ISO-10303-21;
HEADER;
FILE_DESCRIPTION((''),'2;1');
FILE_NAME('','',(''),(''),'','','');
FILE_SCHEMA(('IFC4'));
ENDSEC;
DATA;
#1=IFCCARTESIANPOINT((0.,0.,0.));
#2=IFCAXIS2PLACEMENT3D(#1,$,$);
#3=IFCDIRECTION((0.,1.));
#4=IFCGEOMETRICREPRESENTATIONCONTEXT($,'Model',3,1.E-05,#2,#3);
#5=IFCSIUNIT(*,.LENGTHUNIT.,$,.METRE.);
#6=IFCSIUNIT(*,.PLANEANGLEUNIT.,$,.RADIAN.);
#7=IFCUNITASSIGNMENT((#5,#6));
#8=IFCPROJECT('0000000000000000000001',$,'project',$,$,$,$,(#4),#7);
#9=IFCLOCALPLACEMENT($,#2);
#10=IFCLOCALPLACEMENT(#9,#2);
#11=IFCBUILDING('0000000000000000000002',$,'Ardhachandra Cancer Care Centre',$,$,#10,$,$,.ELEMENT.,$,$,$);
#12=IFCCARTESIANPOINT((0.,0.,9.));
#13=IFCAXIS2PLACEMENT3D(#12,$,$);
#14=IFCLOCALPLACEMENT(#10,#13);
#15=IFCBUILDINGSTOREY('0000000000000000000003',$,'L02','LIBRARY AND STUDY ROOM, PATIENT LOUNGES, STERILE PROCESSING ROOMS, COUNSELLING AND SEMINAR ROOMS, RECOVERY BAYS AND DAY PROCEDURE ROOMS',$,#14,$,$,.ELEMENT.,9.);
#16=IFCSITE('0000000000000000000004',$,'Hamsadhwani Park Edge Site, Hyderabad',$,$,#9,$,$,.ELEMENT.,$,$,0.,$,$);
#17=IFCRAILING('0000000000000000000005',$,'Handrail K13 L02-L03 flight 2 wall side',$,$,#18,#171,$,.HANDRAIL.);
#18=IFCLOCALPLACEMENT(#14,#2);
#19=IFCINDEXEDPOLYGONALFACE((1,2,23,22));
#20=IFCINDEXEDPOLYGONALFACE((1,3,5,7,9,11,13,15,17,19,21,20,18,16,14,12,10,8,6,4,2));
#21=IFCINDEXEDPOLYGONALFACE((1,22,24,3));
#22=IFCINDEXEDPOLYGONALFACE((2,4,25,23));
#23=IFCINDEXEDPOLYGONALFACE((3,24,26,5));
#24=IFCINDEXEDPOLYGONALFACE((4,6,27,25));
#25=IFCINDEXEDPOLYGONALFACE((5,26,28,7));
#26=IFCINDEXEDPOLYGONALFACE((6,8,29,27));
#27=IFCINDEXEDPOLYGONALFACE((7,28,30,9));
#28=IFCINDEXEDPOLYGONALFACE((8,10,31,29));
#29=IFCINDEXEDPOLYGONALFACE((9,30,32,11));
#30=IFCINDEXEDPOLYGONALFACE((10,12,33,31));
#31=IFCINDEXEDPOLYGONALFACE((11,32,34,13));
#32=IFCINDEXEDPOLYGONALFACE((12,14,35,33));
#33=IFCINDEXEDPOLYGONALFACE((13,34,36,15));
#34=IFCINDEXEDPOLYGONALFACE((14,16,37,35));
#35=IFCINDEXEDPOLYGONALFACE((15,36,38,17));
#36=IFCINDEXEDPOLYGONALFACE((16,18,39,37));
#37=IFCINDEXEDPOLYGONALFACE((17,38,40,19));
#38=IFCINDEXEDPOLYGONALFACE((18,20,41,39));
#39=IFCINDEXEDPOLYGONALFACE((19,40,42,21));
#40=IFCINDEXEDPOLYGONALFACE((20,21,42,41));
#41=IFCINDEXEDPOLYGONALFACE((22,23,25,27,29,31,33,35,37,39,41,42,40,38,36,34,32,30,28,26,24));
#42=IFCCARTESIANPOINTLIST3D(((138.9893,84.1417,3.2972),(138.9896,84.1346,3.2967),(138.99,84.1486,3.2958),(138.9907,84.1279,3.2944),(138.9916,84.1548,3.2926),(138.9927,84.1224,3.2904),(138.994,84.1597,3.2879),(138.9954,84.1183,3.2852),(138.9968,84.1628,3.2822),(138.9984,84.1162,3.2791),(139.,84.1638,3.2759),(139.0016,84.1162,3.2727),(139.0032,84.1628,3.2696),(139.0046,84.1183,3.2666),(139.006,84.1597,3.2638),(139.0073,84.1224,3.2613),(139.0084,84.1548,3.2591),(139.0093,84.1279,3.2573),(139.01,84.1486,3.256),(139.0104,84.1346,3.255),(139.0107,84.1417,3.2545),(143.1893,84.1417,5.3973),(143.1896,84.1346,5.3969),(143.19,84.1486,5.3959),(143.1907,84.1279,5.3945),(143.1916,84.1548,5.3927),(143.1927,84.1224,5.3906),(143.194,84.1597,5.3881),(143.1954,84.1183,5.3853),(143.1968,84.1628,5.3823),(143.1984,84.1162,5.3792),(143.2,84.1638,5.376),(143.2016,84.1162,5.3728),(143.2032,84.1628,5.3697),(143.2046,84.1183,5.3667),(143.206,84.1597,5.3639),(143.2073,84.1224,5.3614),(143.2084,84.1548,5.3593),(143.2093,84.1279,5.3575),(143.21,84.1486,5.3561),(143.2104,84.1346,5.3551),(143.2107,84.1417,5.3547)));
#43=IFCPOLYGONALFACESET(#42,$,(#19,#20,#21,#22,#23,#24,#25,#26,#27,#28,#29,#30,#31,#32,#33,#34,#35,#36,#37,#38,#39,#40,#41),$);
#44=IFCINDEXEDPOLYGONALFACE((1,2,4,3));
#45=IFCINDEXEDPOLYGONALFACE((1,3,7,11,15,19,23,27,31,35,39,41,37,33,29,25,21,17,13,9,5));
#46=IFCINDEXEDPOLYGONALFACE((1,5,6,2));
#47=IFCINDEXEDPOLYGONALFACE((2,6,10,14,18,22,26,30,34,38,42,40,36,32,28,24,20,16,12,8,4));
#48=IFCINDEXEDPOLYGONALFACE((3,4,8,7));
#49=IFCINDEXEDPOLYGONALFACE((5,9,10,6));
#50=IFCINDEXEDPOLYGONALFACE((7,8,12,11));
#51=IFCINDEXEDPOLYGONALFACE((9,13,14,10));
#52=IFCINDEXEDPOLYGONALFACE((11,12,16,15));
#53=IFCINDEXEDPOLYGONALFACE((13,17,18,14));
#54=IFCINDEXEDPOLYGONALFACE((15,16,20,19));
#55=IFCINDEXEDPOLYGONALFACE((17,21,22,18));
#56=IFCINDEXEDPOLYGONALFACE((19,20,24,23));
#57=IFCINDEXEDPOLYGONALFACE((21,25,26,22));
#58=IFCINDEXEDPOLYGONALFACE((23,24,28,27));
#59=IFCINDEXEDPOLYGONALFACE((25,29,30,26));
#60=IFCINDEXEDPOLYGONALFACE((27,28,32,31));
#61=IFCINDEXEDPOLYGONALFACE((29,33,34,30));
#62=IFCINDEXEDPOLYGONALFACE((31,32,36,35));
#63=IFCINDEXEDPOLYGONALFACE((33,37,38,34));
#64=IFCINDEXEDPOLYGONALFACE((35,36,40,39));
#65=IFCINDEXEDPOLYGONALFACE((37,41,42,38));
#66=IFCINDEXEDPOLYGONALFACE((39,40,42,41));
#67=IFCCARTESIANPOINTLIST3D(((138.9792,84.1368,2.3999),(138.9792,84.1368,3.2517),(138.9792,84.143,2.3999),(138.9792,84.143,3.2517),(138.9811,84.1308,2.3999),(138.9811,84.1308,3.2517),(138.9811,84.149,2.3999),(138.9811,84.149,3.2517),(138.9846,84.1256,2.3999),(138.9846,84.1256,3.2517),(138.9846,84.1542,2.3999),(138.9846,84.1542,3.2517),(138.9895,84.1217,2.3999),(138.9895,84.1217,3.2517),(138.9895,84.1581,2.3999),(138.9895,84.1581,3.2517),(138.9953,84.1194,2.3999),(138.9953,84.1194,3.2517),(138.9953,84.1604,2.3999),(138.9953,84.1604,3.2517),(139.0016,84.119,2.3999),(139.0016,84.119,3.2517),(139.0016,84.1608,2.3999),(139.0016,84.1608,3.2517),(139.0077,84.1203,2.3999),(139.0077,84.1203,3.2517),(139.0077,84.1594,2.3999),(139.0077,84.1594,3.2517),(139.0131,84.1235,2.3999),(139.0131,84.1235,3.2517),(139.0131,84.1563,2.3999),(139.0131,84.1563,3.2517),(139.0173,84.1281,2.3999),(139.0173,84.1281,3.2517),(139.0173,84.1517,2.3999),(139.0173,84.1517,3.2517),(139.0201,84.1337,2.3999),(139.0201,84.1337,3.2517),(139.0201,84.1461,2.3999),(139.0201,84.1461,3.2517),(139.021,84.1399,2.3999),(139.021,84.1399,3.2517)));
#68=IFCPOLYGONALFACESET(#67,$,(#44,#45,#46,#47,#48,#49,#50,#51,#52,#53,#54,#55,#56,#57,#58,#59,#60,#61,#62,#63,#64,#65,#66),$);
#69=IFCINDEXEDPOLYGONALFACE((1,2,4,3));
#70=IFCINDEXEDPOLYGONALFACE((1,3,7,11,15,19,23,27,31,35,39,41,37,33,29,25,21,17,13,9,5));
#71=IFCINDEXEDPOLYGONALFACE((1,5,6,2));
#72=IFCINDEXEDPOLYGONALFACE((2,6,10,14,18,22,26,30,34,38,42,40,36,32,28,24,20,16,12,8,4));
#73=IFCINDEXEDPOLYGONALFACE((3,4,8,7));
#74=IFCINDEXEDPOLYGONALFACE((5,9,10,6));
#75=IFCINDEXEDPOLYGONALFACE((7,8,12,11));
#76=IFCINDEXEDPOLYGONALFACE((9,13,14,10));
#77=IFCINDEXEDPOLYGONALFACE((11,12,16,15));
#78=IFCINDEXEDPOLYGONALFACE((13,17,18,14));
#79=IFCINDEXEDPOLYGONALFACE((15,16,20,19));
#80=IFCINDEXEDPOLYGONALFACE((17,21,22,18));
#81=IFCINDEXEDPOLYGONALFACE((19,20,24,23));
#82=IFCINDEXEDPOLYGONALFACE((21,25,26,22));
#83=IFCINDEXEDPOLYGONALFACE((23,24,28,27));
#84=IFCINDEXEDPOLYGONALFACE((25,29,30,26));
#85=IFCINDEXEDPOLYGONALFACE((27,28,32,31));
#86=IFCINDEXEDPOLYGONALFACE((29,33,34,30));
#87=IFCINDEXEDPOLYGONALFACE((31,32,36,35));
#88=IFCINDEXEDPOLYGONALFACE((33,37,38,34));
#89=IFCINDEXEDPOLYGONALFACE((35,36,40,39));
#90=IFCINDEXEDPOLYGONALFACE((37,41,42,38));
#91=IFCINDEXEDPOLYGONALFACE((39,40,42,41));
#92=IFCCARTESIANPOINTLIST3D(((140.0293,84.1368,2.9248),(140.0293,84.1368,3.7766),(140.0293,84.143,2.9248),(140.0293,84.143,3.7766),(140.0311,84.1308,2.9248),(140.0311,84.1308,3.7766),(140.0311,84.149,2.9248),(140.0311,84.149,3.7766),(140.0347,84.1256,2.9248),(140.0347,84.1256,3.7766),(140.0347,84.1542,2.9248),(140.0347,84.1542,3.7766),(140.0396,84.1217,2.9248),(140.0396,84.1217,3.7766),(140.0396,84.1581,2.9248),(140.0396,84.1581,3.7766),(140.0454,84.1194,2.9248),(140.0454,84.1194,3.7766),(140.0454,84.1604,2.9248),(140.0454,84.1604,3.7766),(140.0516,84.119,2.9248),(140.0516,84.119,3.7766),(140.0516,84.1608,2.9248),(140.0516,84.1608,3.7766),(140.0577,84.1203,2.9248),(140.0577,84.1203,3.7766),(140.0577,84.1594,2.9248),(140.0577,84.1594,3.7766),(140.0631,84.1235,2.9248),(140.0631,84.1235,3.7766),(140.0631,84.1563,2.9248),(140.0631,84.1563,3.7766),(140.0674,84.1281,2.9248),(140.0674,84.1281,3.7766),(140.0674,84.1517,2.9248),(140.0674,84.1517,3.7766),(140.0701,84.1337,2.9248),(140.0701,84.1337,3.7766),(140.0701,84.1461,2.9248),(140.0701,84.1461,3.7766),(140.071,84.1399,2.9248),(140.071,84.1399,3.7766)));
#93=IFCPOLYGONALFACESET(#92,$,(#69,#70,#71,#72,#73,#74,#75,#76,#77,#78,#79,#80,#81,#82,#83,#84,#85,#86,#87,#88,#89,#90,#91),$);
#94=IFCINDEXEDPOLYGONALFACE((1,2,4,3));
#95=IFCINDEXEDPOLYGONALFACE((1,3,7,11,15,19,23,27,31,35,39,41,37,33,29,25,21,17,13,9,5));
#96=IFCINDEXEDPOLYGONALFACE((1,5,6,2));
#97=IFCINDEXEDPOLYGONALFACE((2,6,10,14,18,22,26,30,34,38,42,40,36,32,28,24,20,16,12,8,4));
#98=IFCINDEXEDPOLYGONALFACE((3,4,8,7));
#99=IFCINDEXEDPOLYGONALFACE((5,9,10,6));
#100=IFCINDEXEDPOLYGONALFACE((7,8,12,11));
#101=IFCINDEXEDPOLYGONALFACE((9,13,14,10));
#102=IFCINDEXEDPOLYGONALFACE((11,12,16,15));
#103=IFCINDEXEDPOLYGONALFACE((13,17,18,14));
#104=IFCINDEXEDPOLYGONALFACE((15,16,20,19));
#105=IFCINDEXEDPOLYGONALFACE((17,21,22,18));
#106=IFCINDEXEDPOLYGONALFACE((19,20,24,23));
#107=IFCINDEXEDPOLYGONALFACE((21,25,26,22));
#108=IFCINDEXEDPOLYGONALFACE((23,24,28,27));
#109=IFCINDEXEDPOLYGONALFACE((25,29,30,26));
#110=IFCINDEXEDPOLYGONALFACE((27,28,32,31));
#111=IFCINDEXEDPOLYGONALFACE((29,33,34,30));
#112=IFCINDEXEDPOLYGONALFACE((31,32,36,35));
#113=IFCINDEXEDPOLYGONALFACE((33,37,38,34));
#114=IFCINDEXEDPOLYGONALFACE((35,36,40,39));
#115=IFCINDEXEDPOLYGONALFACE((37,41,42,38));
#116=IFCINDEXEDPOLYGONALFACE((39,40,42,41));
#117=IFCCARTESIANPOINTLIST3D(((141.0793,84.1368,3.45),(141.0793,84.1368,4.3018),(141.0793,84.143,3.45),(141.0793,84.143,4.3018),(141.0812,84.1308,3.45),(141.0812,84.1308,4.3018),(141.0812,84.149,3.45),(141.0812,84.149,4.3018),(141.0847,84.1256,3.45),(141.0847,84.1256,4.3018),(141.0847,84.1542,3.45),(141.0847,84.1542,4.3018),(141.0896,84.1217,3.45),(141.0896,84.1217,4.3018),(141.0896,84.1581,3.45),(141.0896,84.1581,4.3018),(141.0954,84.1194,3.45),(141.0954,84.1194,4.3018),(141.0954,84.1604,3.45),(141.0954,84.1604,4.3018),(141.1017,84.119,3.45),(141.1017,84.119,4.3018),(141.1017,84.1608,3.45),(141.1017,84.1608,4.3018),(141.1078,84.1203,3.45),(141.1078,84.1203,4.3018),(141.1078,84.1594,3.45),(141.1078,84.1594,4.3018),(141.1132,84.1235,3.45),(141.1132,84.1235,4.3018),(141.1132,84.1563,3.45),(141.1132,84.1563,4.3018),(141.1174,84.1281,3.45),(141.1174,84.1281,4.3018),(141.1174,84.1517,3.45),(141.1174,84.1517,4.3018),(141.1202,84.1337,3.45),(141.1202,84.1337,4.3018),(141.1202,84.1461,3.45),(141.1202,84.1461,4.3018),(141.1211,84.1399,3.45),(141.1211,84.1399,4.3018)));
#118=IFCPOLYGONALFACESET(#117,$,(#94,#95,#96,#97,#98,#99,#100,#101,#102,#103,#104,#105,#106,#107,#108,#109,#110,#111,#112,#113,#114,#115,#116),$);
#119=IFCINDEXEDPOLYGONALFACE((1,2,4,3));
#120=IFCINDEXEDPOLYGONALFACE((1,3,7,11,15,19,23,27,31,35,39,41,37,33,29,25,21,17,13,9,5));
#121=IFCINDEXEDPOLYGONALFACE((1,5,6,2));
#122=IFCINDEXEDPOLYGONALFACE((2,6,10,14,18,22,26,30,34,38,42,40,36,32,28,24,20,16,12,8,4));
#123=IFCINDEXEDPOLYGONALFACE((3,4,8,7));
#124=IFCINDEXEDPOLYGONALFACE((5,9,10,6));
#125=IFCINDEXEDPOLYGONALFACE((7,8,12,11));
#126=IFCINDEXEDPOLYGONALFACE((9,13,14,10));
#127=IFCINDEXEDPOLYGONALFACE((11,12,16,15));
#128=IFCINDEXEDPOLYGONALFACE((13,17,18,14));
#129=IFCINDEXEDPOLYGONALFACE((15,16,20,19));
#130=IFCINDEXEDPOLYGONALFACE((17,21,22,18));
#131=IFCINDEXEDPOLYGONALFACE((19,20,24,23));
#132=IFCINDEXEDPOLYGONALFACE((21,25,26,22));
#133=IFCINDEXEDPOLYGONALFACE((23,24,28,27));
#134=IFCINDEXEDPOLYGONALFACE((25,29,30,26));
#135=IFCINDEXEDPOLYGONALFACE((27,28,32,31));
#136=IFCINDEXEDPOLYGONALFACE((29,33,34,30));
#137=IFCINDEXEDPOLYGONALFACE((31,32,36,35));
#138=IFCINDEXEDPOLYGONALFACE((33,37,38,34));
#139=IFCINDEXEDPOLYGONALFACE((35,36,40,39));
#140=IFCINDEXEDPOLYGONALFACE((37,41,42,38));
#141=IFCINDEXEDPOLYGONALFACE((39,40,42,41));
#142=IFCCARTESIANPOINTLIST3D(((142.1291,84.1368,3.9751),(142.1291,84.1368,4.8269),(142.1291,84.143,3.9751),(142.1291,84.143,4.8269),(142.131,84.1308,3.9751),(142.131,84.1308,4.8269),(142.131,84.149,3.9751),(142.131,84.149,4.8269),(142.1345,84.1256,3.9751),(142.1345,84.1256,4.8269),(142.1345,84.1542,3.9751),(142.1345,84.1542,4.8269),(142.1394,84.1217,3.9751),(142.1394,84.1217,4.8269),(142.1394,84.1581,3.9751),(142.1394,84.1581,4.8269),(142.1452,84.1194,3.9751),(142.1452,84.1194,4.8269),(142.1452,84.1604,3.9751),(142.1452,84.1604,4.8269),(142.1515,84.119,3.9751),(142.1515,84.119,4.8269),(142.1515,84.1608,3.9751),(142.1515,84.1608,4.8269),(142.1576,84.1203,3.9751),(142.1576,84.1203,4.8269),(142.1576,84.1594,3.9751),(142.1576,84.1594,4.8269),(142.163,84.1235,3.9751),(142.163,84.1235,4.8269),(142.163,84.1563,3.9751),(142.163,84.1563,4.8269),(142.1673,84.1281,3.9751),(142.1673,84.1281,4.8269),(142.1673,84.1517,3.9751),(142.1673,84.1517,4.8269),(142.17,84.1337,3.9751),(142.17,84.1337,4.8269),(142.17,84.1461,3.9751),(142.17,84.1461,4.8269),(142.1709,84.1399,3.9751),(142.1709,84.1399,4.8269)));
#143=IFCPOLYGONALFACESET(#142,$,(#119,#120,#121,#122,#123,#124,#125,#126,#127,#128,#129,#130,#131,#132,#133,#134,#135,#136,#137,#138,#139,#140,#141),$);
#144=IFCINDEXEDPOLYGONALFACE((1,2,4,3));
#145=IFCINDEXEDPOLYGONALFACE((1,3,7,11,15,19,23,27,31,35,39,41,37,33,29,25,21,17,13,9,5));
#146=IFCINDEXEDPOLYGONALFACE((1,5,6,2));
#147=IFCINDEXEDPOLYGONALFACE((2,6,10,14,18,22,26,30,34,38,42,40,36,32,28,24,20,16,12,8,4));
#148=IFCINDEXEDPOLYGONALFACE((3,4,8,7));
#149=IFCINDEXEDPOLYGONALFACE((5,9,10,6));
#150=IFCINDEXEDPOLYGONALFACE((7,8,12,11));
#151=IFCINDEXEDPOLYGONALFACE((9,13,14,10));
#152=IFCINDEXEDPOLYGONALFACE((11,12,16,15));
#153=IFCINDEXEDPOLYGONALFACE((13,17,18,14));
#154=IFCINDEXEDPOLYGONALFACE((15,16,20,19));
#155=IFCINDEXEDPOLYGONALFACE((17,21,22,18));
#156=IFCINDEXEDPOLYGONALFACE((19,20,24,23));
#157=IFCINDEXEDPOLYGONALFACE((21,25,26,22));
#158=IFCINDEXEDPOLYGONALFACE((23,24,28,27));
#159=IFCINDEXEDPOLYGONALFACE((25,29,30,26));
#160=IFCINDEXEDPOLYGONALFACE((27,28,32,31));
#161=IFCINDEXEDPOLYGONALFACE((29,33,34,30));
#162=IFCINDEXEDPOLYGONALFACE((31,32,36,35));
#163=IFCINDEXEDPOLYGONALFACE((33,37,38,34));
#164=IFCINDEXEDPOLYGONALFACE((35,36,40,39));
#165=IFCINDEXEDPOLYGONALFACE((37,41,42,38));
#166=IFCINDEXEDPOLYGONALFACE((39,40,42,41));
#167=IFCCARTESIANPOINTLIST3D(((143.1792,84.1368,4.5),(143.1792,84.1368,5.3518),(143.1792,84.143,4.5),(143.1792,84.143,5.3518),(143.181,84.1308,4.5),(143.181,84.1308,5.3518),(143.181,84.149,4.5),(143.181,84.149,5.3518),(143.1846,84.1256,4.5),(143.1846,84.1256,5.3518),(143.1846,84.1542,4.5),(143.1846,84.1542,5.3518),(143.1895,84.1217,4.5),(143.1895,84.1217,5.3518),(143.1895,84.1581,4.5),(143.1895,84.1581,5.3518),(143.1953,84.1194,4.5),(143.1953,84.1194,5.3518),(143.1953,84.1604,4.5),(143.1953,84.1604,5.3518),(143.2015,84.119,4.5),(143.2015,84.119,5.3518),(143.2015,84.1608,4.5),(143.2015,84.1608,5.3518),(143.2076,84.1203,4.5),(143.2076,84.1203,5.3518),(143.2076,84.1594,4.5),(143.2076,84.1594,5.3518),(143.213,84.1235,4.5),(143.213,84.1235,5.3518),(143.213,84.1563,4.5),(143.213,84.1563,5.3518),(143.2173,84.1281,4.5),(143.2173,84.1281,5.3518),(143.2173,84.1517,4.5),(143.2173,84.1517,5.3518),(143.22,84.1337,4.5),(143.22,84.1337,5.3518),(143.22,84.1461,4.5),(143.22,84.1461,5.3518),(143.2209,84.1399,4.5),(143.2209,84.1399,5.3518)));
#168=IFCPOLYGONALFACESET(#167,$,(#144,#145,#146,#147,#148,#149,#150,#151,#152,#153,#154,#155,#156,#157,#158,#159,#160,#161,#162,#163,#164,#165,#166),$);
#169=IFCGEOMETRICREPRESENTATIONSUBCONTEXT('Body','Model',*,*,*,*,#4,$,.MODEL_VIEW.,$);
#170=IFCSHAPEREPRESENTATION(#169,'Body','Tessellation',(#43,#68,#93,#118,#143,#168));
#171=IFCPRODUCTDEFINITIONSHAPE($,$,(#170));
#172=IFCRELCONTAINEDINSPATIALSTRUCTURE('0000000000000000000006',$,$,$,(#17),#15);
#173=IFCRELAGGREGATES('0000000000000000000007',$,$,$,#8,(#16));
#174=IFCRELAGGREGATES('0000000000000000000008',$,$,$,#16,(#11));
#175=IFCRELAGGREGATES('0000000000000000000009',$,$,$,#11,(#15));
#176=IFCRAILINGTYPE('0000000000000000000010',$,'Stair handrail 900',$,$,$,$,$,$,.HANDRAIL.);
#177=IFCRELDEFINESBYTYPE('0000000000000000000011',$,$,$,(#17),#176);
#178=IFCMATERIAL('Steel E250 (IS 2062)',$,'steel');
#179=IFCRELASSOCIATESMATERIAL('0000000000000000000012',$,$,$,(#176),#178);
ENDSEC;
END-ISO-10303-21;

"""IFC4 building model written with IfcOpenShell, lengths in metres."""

from ifc_helpers import new_model, si_unit, direction, frame, origin, origin_2d, place, context, subcontext, project, spatial, circle, extrude, material, type_object, element, save


model = new_model("IFC4")

# Units and contexts
model_context = context("Model", 3, precision=1e-05, world=origin(), true_north=direction((0.0, 1.0)))
body_context = subcontext(model_context, "Body", "Model", "MODEL_VIEW")
ifc_project = project(units=[si_unit("LENGTHUNIT", "METRE"), si_unit("PLANEANGLEUNIT", "RADIAN")], contexts=[model_context])

# Site, building, storey
site_placement = place(None, origin())
site = spatial("IfcSite", under=ifc_project, at=site_placement, Name="Hamsadhwani Park Edge Site, Hyderabad", CompositionType="ELEMENT", RefElevation=0.0)
building_placement = place(site_placement, origin())
building = spatial("IfcBuilding", under=site, at=building_placement, Name="Ardhachandra Cancer Care Centre", CompositionType="ELEMENT")
storey_placement = place(building_placement, frame((0.0, 0.0, 9.0)))
storey = spatial("IfcBuildingStorey", under=building, at=storey_placement, Name="L02", Description="LIBRARY AND STUDY ROOM, PATIENT LOUNGES, STERILE PROCESSING ROOMS, COUNSELLING AND SEMINAR ROOMS, RECOVERY BAYS AND DAY PROCEDURE ROOMS", CompositionType="ELEMENT", Elevation=9.0)

# Railing
ifc_material_1 = material(Name="Steel E250 (IS 2062)", Category="steel")
railing_type = type_object("IfcRailingType", Name="Stair handrail 900", PredefinedType="HANDRAIL", material=ifc_material_1)
railing_placement = place(storey_placement, frame((139.0, 84.1399, 2.3999)))
element("IfcRailing", 1, at=railing_placement, inside=storey, type_object=railing_type, Name="Handrail K13 L02-L03 flight 2 wall side", PredefinedType="HANDRAIL", context=body_context, shape_type="SweptSolid", body=[
    extrude(circle(Radius=0.0239, at=origin_2d()), frame((0.0, 0.0, 0.876), z_axis=(0.894417, 0.0, 0.447234), x_axis=(0.0, 1.0, 0.0)), (0.0, 0.0, 1.0), 4.6958),
    extrude(circle(Radius=0.021, at=origin_2d()), origin(), (0.0, 0.0, 1.0), 0.8518),
    extrude(circle(Radius=0.021, at=origin_2d()), frame((1.05, 0.0, 0.5249)), (0.0, 0.0, 1.0), 0.8518),
    extrude(circle(Radius=0.021, at=origin_2d()), frame((2.1001, 0.0, 1.05)), (0.0, 0.0, 1.0), 0.8518),
    extrude(circle(Radius=0.021, at=origin_2d()), frame((3.1499, 0.0, 1.5752)), (0.0, 0.0, 1.0), 0.8518),
    extrude(circle(Radius=0.021, at=origin_2d()), frame((4.2, 0.0, 2.1001)), (0.0, 0.0, 1.0), 0.8518),
])

save(model, "model.ifc")
